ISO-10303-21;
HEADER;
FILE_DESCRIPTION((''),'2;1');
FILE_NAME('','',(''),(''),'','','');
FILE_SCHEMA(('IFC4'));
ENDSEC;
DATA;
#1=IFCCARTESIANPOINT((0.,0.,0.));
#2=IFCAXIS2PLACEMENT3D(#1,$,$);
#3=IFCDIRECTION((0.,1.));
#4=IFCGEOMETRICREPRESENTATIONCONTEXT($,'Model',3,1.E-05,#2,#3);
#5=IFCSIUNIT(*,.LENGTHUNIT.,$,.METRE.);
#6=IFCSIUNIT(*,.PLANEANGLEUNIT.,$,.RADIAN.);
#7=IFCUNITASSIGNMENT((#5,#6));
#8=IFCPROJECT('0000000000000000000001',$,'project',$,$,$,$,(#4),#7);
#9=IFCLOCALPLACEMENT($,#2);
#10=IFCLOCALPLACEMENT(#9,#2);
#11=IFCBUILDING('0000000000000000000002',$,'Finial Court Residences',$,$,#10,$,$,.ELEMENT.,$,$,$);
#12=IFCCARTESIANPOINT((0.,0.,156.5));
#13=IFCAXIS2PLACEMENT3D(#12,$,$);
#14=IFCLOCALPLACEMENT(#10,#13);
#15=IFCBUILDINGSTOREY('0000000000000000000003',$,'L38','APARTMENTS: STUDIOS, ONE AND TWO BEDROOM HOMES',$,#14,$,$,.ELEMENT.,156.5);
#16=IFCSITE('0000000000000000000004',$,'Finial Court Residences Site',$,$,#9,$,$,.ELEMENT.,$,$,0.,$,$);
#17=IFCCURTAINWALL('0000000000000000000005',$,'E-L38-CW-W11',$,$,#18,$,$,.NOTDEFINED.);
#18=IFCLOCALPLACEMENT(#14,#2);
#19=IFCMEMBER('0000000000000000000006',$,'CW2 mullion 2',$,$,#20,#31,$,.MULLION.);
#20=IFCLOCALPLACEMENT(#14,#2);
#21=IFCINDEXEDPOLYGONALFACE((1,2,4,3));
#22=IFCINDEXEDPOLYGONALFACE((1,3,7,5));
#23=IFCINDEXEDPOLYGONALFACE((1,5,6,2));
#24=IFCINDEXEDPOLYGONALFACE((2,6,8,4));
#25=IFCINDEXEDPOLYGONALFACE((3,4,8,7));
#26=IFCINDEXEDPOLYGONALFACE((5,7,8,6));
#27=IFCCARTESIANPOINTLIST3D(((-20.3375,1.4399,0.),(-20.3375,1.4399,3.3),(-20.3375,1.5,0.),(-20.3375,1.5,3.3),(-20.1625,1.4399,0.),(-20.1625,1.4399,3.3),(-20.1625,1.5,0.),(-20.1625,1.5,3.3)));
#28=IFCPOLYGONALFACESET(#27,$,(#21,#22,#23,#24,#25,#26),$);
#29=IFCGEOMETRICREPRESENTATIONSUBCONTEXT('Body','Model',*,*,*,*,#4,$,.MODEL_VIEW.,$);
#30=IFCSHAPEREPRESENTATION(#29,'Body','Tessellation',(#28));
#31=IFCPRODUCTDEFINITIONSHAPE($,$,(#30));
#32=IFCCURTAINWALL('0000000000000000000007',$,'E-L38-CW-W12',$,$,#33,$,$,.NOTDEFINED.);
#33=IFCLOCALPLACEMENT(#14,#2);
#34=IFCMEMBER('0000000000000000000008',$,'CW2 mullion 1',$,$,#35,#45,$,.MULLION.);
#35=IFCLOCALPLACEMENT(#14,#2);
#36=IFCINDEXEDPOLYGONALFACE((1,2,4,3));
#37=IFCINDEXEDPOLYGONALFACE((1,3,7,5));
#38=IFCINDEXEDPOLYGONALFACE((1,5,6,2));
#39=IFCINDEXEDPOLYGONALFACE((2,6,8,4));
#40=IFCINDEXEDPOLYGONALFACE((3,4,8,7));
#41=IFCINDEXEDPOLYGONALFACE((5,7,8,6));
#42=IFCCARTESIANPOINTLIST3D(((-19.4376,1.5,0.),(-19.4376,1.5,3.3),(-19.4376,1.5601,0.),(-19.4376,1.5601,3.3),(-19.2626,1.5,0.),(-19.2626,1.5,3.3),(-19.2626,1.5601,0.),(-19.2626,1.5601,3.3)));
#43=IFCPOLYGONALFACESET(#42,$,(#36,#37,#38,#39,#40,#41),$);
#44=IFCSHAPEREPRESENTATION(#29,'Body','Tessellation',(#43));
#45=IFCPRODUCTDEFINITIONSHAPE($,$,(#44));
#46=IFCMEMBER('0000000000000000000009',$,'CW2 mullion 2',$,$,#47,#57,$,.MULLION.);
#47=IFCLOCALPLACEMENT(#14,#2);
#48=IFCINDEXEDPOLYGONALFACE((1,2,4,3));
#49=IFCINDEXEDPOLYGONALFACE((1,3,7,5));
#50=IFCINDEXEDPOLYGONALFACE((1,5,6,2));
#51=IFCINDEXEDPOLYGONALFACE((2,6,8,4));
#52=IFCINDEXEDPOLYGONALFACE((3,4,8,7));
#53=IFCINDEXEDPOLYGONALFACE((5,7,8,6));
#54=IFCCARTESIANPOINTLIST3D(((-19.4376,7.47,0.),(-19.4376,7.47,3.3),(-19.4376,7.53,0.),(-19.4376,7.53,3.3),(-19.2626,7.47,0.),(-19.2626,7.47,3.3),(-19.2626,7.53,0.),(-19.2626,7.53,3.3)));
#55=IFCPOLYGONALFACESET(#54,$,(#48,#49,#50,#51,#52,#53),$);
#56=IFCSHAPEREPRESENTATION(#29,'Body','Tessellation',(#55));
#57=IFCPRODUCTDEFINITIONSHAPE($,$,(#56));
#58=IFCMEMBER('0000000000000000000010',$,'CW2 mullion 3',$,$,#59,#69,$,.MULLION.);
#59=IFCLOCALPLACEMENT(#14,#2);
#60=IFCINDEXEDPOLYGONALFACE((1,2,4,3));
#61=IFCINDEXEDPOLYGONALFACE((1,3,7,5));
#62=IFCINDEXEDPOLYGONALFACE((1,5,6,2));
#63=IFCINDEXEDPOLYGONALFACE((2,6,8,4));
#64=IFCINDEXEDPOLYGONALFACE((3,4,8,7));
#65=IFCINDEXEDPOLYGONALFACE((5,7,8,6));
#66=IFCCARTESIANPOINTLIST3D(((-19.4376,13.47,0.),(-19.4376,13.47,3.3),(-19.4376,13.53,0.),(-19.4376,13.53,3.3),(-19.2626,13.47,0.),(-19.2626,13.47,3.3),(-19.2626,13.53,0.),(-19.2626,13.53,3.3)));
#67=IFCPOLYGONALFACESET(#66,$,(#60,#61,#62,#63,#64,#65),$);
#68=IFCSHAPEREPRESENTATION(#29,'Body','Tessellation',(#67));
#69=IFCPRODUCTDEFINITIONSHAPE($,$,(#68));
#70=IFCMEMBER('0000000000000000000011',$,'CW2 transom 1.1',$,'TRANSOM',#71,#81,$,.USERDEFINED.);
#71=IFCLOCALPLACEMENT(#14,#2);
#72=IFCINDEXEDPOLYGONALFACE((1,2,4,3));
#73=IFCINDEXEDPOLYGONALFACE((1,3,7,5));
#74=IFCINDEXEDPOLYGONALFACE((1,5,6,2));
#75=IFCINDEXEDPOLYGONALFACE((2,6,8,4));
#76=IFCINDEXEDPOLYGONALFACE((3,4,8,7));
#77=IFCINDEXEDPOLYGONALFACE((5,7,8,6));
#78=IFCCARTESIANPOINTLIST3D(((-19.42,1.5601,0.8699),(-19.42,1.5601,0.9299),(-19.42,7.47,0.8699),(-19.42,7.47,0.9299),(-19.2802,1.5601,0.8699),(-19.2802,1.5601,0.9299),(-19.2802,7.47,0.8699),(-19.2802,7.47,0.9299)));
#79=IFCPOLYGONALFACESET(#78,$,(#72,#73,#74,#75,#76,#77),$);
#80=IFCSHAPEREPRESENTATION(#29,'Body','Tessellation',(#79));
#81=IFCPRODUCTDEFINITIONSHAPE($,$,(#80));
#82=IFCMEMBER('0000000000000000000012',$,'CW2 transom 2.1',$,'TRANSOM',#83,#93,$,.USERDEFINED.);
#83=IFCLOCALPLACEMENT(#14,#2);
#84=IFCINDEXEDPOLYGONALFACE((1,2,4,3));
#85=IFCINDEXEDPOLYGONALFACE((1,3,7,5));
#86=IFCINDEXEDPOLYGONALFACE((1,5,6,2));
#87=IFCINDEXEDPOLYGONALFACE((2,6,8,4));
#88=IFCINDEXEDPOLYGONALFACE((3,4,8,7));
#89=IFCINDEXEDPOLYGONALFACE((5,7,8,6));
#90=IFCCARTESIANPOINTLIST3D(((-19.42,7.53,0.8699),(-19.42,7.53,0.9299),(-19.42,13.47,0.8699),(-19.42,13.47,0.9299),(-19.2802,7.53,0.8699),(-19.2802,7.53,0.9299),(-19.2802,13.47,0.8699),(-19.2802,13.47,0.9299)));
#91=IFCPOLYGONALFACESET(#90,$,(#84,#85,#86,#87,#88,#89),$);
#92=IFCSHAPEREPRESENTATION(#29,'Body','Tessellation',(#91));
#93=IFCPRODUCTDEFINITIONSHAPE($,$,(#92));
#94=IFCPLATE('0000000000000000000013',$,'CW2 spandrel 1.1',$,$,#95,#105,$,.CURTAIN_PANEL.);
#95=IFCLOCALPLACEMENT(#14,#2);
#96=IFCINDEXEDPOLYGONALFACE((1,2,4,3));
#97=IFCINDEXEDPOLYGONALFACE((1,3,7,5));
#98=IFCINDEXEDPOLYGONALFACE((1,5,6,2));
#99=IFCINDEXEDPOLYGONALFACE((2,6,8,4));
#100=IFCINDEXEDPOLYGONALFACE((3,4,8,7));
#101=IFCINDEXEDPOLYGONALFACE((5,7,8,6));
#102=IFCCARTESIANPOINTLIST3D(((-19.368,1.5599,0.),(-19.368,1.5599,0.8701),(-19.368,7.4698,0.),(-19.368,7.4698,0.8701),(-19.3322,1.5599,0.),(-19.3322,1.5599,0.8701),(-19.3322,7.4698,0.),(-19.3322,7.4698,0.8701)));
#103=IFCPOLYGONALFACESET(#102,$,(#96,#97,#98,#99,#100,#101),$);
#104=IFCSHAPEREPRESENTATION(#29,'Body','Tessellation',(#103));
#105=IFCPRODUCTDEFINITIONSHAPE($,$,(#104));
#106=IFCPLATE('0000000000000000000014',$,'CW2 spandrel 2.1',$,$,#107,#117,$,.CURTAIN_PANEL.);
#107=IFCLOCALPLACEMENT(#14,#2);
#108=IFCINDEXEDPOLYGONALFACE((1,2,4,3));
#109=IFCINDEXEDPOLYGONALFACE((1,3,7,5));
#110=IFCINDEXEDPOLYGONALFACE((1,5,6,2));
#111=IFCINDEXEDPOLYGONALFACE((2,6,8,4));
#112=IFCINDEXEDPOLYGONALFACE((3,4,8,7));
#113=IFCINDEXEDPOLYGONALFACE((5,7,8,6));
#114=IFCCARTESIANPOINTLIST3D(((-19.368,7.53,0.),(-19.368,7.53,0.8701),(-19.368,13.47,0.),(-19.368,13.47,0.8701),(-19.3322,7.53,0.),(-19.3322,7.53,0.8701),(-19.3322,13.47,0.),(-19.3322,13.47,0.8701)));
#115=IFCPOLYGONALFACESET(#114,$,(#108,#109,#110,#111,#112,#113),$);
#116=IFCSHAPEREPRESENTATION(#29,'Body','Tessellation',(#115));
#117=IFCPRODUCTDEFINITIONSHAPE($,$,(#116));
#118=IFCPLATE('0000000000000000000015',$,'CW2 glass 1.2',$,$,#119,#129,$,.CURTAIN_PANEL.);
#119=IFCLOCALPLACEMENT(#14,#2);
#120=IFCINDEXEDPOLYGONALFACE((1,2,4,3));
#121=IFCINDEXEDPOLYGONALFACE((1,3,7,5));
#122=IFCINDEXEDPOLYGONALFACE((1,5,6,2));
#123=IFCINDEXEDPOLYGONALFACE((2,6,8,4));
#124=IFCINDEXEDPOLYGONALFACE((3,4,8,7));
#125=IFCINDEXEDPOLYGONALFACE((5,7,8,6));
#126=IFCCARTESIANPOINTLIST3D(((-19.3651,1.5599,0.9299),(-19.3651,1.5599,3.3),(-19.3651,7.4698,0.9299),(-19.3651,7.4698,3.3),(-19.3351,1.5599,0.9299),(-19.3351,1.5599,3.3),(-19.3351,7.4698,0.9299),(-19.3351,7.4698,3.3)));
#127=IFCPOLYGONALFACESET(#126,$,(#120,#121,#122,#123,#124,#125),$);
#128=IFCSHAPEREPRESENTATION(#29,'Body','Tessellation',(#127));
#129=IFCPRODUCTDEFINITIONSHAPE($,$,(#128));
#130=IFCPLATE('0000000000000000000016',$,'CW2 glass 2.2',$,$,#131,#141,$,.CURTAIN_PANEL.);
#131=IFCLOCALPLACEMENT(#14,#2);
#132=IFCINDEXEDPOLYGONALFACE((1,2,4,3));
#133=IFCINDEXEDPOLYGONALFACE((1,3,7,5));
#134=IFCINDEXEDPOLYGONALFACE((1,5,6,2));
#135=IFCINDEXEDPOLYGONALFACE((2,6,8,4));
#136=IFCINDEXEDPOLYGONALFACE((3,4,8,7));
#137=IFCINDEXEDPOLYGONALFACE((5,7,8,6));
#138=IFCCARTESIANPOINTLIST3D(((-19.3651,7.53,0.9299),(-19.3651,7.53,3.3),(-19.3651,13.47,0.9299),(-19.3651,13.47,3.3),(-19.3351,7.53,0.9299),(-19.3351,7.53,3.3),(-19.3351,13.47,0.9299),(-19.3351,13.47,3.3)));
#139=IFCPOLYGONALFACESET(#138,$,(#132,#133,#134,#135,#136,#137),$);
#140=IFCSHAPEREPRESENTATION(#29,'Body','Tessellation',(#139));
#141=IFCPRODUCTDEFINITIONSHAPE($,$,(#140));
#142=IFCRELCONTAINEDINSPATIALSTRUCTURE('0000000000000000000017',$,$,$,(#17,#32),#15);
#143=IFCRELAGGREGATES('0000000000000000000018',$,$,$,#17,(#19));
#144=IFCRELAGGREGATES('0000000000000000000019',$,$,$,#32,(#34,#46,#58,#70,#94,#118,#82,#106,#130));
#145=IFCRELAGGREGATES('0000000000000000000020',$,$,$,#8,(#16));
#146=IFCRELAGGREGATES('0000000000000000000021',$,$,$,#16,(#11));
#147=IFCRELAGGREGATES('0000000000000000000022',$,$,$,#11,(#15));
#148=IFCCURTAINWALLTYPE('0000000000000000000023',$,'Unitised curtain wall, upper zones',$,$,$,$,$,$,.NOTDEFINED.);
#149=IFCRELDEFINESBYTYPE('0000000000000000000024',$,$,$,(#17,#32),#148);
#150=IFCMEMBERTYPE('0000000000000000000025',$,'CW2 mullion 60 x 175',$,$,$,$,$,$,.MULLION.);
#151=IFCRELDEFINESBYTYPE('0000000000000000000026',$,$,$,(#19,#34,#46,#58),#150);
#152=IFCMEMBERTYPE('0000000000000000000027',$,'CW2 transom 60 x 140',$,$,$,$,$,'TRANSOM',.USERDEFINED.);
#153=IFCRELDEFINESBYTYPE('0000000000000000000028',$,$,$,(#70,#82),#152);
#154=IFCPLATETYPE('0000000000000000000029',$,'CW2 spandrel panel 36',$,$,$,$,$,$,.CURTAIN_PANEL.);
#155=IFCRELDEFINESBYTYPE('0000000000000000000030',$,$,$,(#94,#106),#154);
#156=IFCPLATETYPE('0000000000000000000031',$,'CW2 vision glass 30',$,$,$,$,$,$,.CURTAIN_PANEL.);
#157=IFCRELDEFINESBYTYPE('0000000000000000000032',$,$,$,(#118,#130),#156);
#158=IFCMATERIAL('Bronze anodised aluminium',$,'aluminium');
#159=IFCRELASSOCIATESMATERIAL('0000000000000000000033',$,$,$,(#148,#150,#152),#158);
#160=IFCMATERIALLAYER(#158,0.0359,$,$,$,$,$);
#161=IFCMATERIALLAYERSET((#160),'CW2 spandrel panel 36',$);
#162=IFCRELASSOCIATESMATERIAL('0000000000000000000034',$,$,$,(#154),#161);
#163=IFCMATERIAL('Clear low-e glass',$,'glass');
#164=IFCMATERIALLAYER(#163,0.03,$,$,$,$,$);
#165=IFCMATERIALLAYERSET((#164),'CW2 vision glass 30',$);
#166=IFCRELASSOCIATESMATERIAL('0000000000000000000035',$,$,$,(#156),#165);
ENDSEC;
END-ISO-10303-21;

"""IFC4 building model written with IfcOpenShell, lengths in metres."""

from ifc_helpers import new_model, si_unit, direction, frame, origin, origin_2d, place, context, subcontext, project, spatial, rectangle, extrude, material, layer, layer_set, material_profile, profile_set, type_object, element, aggregate, save


model = new_model("IFC4")

# Units and contexts
model_context = context("Model", 3, precision=1e-05, world=origin(), true_north=direction((0.0, 1.0)))
body_context = subcontext(model_context, "Body", "Model", "MODEL_VIEW")
ifc_project = project(units=[si_unit("LENGTHUNIT", "METRE"), si_unit("PLANEANGLEUNIT", "RADIAN")], contexts=[model_context])

# Site, building, storey
site_placement = place(None, origin())
site = spatial("IfcSite", under=ifc_project, at=site_placement, Name="Finial Court Residences Site", CompositionType="ELEMENT", RefElevation=0.0)
building_placement = place(site_placement, origin())
building = spatial("IfcBuilding", under=site, at=building_placement, Name="Finial Court Residences", CompositionType="ELEMENT")
storey_placement = place(building_placement, frame((0.0, 0.0, 156.5)))
storey = spatial("IfcBuildingStorey", under=building, at=storey_placement, Name="L38", Description="APARTMENTS: STUDIOS, ONE AND TWO BEDROOM HOMES", CompositionType="ELEMENT", Elevation=156.5)

# Curtain wall, member
ifc_material_1 = material(Name="Bronze anodised aluminium", Category="aluminium")
curtain_wall_type = type_object("IfcCurtainWallType", Name="Unitised curtain wall, upper zones", PredefinedType="NOTDEFINED", material=ifc_material_1)
curtain_wall_1_placement = place(storey_placement, origin())
curtain_wall_1 = element("IfcCurtainWall", 1, at=curtain_wall_1_placement, inside=storey, type_object=curtain_wall_type, Name="E-L38-CW-W11", PredefinedType="NOTDEFINED")
ifc_material_profile_1 = material_profile(ifc_material_1, rectangle(XDim=0.175, YDim=0.0601, at=origin_2d()), Name="CW2 mullion 60 x 175")
ifc_profile_set_1 = profile_set([ifc_material_profile_1], Name="Bronze anodised aluminium")
member_type_1 = type_object("IfcMemberType", Name="CW2 mullion 60 x 175", PredefinedType="MULLION", material=ifc_profile_set_1)
member_1_placement = place(storey_placement, frame((-20.25, 1.47, 0.0), z_axis=(0.0, 0.0, 1.0), x_axis=(-1.0, 0.0, 0.0)))
member_1 = element("IfcMember", 2, at=member_1_placement, type_object=member_type_1, Name="CW2 mullion 2", PredefinedType="MULLION", context=body_context, shape_type="SweptSolid", body=[
    extrude(rectangle(XDim=0.175, YDim=0.0601, at=origin_2d()), origin(), (0.0, 0.0, 1.0), 3.3),
])
aggregate(curtain_wall_1, [member_1])

# Curtain wall, members, plates
curtain_wall_2_placement = place(storey_placement, origin())
curtain_wall_2 = element("IfcCurtainWall", 3, at=curtain_wall_2_placement, inside=storey, type_object=curtain_wall_type, Name="E-L38-CW-W12", PredefinedType="NOTDEFINED")
member_2_placement = place(storey_placement, frame((-19.3501, 1.53, 0.0), z_axis=(0.0, 0.0, 1.0), x_axis=(-1.0, 0.0, 0.0)))
member_2 = element("IfcMember", 4, at=member_2_placement, type_object=member_type_1, Name="CW2 mullion 1", PredefinedType="MULLION", context=body_context, shape_type="SweptSolid", body=[
    extrude(rectangle(XDim=0.175, YDim=0.0601, at=origin_2d()), origin(), (0.0, 0.0, 1.0), 3.3),
])
member_3_placement = place(storey_placement, frame((-19.3501, 7.5, 0.0), z_axis=(0.0, 0.0, 1.0), x_axis=(-1.0, 0.0, 0.0)))
member_3 = element("IfcMember", 5, at=member_3_placement, type_object=member_type_1, Name="CW2 mullion 2", PredefinedType="MULLION", context=body_context, shape_type="SweptSolid", body=[
    extrude(rectangle(XDim=0.175, YDim=0.0601, at=origin_2d()), origin(), (0.0, 0.0, 1.0), 3.3),
])
member_4_placement = place(storey_placement, frame((-19.3501, 13.5, 0.0), z_axis=(0.0, 0.0, 1.0), x_axis=(-1.0, 0.0, 0.0)))
member_4 = element("IfcMember", 6, at=member_4_placement, type_object=member_type_1, Name="CW2 mullion 3", PredefinedType="MULLION", context=body_context, shape_type="SweptSolid", body=[
    extrude(rectangle(XDim=0.175, YDim=0.0601, at=origin_2d()), origin(), (0.0, 0.0, 1.0), 3.3),
])
ifc_material_profile_2 = material_profile(ifc_material_1, rectangle(XDim=0.1399, YDim=0.0601, at=origin_2d()), Name="CW2 transom 60 x 140")
ifc_profile_set_2 = profile_set([ifc_material_profile_2], Name="Bronze anodised aluminium")
member_type_2 = type_object("IfcMemberType", Name="CW2 transom 60 x 140", ElementType="TRANSOM", PredefinedType="USERDEFINED", material=ifc_profile_set_2)
member_5_placement = place(storey_placement, frame((-19.3501, 1.5601, 0.8999), z_axis=(0.0, 1.0, 0.0), x_axis=(-1.0, 0.0, 0.0)))
member_5 = element("IfcMember", 7, at=member_5_placement, type_object=member_type_2, Name="CW2 transom 1.1", ObjectType="TRANSOM", PredefinedType="USERDEFINED", context=body_context, shape_type="SweptSolid", body=[
    extrude(rectangle(XDim=0.1399, YDim=0.0601, at=origin_2d()), origin(), (0.0, 0.0, 1.0), 5.9099),
])
member_6_placement = place(storey_placement, frame((-19.3501, 7.53, 0.8999), z_axis=(0.0, 1.0, 0.0), x_axis=(-1.0, 0.0, 0.0)))
member_6 = element("IfcMember", 8, at=member_6_placement, type_object=member_type_2, Name="CW2 transom 2.1", ObjectType="TRANSOM", PredefinedType="USERDEFINED", context=body_context, shape_type="SweptSolid", body=[
    extrude(rectangle(XDim=0.1399, YDim=0.0601, at=origin_2d()), origin(), (0.0, 0.0, 1.0), 5.9399),
])
ifc_layer_1 = layer(ifc_material_1, 0.0359)
ifc_layer_set_1 = layer_set([ifc_layer_1], Name="CW2 spandrel panel 36")
plate_type_1 = type_object("IfcPlateType", Name="CW2 spandrel panel 36", PredefinedType="CURTAIN_PANEL", material=ifc_layer_set_1)
plate_1_placement = place(storey_placement, frame((-19.3501, 4.5149, 0.0), z_axis=(0.0, 0.0, 1.0), x_axis=(0.0, 1.0, 0.0)))
plate_1 = element("IfcPlate", 9, at=plate_1_placement, type_object=plate_type_1, Name="CW2 spandrel 1.1", PredefinedType="CURTAIN_PANEL", context=body_context, shape_type="SweptSolid", body=[
    extrude(rectangle(XDim=5.9099, YDim=0.0359, at=origin_2d()), origin(), (0.0, 0.0, 1.0), 0.8701),
])
plate_2_placement = place(storey_placement, frame((-19.3501, 10.5, 0.0), z_axis=(0.0, 0.0, 1.0), x_axis=(0.0, 1.0, 0.0)))
plate_2 = element("IfcPlate", 10, at=plate_2_placement, type_object=plate_type_1, Name="CW2 spandrel 2.1", PredefinedType="CURTAIN_PANEL", context=body_context, shape_type="SweptSolid", body=[
    extrude(rectangle(XDim=5.9399, YDim=0.0359, at=origin_2d()), origin(), (0.0, 0.0, 1.0), 0.8701),
])
ifc_material_2 = material(Name="Clear low-e glass", Category="glass")
ifc_layer_2 = layer(ifc_material_2, 0.03)
ifc_layer_set_2 = layer_set([ifc_layer_2], Name="CW2 vision glass 30")
plate_type_2 = type_object("IfcPlateType", Name="CW2 vision glass 30", PredefinedType="CURTAIN_PANEL", material=ifc_layer_set_2)
plate_3_placement = place(storey_placement, frame((-19.3501, 4.5149, 0.9299), z_axis=(0.0, 0.0, 1.0), x_axis=(0.0, 1.0, 0.0)))
plate_3 = element("IfcPlate", 11, at=plate_3_placement, type_object=plate_type_2, Name="CW2 glass 1.2", PredefinedType="CURTAIN_PANEL", context=body_context, shape_type="SweptSolid", body=[
    extrude(rectangle(XDim=5.9099, YDim=0.03, at=origin_2d()), origin(), (0.0, 0.0, 1.0), 2.3701),
])
plate_4_placement = place(storey_placement, frame((-19.3501, 10.5, 0.9299), z_axis=(0.0, 0.0, 1.0), x_axis=(0.0, 1.0, 0.0)))
plate_4 = element("IfcPlate", 12, at=plate_4_placement, type_object=plate_type_2, Name="CW2 glass 2.2", PredefinedType="CURTAIN_PANEL", context=body_context, shape_type="SweptSolid", body=[
    extrude(rectangle(XDim=5.9399, YDim=0.03, at=origin_2d()), origin(), (0.0, 0.0, 1.0), 2.3701),
])
aggregate(curtain_wall_2, [member_2, member_3, member_4, member_5, plate_1, plate_3, member_6, plate_2, plate_4])

save(model, "model.ifc")
